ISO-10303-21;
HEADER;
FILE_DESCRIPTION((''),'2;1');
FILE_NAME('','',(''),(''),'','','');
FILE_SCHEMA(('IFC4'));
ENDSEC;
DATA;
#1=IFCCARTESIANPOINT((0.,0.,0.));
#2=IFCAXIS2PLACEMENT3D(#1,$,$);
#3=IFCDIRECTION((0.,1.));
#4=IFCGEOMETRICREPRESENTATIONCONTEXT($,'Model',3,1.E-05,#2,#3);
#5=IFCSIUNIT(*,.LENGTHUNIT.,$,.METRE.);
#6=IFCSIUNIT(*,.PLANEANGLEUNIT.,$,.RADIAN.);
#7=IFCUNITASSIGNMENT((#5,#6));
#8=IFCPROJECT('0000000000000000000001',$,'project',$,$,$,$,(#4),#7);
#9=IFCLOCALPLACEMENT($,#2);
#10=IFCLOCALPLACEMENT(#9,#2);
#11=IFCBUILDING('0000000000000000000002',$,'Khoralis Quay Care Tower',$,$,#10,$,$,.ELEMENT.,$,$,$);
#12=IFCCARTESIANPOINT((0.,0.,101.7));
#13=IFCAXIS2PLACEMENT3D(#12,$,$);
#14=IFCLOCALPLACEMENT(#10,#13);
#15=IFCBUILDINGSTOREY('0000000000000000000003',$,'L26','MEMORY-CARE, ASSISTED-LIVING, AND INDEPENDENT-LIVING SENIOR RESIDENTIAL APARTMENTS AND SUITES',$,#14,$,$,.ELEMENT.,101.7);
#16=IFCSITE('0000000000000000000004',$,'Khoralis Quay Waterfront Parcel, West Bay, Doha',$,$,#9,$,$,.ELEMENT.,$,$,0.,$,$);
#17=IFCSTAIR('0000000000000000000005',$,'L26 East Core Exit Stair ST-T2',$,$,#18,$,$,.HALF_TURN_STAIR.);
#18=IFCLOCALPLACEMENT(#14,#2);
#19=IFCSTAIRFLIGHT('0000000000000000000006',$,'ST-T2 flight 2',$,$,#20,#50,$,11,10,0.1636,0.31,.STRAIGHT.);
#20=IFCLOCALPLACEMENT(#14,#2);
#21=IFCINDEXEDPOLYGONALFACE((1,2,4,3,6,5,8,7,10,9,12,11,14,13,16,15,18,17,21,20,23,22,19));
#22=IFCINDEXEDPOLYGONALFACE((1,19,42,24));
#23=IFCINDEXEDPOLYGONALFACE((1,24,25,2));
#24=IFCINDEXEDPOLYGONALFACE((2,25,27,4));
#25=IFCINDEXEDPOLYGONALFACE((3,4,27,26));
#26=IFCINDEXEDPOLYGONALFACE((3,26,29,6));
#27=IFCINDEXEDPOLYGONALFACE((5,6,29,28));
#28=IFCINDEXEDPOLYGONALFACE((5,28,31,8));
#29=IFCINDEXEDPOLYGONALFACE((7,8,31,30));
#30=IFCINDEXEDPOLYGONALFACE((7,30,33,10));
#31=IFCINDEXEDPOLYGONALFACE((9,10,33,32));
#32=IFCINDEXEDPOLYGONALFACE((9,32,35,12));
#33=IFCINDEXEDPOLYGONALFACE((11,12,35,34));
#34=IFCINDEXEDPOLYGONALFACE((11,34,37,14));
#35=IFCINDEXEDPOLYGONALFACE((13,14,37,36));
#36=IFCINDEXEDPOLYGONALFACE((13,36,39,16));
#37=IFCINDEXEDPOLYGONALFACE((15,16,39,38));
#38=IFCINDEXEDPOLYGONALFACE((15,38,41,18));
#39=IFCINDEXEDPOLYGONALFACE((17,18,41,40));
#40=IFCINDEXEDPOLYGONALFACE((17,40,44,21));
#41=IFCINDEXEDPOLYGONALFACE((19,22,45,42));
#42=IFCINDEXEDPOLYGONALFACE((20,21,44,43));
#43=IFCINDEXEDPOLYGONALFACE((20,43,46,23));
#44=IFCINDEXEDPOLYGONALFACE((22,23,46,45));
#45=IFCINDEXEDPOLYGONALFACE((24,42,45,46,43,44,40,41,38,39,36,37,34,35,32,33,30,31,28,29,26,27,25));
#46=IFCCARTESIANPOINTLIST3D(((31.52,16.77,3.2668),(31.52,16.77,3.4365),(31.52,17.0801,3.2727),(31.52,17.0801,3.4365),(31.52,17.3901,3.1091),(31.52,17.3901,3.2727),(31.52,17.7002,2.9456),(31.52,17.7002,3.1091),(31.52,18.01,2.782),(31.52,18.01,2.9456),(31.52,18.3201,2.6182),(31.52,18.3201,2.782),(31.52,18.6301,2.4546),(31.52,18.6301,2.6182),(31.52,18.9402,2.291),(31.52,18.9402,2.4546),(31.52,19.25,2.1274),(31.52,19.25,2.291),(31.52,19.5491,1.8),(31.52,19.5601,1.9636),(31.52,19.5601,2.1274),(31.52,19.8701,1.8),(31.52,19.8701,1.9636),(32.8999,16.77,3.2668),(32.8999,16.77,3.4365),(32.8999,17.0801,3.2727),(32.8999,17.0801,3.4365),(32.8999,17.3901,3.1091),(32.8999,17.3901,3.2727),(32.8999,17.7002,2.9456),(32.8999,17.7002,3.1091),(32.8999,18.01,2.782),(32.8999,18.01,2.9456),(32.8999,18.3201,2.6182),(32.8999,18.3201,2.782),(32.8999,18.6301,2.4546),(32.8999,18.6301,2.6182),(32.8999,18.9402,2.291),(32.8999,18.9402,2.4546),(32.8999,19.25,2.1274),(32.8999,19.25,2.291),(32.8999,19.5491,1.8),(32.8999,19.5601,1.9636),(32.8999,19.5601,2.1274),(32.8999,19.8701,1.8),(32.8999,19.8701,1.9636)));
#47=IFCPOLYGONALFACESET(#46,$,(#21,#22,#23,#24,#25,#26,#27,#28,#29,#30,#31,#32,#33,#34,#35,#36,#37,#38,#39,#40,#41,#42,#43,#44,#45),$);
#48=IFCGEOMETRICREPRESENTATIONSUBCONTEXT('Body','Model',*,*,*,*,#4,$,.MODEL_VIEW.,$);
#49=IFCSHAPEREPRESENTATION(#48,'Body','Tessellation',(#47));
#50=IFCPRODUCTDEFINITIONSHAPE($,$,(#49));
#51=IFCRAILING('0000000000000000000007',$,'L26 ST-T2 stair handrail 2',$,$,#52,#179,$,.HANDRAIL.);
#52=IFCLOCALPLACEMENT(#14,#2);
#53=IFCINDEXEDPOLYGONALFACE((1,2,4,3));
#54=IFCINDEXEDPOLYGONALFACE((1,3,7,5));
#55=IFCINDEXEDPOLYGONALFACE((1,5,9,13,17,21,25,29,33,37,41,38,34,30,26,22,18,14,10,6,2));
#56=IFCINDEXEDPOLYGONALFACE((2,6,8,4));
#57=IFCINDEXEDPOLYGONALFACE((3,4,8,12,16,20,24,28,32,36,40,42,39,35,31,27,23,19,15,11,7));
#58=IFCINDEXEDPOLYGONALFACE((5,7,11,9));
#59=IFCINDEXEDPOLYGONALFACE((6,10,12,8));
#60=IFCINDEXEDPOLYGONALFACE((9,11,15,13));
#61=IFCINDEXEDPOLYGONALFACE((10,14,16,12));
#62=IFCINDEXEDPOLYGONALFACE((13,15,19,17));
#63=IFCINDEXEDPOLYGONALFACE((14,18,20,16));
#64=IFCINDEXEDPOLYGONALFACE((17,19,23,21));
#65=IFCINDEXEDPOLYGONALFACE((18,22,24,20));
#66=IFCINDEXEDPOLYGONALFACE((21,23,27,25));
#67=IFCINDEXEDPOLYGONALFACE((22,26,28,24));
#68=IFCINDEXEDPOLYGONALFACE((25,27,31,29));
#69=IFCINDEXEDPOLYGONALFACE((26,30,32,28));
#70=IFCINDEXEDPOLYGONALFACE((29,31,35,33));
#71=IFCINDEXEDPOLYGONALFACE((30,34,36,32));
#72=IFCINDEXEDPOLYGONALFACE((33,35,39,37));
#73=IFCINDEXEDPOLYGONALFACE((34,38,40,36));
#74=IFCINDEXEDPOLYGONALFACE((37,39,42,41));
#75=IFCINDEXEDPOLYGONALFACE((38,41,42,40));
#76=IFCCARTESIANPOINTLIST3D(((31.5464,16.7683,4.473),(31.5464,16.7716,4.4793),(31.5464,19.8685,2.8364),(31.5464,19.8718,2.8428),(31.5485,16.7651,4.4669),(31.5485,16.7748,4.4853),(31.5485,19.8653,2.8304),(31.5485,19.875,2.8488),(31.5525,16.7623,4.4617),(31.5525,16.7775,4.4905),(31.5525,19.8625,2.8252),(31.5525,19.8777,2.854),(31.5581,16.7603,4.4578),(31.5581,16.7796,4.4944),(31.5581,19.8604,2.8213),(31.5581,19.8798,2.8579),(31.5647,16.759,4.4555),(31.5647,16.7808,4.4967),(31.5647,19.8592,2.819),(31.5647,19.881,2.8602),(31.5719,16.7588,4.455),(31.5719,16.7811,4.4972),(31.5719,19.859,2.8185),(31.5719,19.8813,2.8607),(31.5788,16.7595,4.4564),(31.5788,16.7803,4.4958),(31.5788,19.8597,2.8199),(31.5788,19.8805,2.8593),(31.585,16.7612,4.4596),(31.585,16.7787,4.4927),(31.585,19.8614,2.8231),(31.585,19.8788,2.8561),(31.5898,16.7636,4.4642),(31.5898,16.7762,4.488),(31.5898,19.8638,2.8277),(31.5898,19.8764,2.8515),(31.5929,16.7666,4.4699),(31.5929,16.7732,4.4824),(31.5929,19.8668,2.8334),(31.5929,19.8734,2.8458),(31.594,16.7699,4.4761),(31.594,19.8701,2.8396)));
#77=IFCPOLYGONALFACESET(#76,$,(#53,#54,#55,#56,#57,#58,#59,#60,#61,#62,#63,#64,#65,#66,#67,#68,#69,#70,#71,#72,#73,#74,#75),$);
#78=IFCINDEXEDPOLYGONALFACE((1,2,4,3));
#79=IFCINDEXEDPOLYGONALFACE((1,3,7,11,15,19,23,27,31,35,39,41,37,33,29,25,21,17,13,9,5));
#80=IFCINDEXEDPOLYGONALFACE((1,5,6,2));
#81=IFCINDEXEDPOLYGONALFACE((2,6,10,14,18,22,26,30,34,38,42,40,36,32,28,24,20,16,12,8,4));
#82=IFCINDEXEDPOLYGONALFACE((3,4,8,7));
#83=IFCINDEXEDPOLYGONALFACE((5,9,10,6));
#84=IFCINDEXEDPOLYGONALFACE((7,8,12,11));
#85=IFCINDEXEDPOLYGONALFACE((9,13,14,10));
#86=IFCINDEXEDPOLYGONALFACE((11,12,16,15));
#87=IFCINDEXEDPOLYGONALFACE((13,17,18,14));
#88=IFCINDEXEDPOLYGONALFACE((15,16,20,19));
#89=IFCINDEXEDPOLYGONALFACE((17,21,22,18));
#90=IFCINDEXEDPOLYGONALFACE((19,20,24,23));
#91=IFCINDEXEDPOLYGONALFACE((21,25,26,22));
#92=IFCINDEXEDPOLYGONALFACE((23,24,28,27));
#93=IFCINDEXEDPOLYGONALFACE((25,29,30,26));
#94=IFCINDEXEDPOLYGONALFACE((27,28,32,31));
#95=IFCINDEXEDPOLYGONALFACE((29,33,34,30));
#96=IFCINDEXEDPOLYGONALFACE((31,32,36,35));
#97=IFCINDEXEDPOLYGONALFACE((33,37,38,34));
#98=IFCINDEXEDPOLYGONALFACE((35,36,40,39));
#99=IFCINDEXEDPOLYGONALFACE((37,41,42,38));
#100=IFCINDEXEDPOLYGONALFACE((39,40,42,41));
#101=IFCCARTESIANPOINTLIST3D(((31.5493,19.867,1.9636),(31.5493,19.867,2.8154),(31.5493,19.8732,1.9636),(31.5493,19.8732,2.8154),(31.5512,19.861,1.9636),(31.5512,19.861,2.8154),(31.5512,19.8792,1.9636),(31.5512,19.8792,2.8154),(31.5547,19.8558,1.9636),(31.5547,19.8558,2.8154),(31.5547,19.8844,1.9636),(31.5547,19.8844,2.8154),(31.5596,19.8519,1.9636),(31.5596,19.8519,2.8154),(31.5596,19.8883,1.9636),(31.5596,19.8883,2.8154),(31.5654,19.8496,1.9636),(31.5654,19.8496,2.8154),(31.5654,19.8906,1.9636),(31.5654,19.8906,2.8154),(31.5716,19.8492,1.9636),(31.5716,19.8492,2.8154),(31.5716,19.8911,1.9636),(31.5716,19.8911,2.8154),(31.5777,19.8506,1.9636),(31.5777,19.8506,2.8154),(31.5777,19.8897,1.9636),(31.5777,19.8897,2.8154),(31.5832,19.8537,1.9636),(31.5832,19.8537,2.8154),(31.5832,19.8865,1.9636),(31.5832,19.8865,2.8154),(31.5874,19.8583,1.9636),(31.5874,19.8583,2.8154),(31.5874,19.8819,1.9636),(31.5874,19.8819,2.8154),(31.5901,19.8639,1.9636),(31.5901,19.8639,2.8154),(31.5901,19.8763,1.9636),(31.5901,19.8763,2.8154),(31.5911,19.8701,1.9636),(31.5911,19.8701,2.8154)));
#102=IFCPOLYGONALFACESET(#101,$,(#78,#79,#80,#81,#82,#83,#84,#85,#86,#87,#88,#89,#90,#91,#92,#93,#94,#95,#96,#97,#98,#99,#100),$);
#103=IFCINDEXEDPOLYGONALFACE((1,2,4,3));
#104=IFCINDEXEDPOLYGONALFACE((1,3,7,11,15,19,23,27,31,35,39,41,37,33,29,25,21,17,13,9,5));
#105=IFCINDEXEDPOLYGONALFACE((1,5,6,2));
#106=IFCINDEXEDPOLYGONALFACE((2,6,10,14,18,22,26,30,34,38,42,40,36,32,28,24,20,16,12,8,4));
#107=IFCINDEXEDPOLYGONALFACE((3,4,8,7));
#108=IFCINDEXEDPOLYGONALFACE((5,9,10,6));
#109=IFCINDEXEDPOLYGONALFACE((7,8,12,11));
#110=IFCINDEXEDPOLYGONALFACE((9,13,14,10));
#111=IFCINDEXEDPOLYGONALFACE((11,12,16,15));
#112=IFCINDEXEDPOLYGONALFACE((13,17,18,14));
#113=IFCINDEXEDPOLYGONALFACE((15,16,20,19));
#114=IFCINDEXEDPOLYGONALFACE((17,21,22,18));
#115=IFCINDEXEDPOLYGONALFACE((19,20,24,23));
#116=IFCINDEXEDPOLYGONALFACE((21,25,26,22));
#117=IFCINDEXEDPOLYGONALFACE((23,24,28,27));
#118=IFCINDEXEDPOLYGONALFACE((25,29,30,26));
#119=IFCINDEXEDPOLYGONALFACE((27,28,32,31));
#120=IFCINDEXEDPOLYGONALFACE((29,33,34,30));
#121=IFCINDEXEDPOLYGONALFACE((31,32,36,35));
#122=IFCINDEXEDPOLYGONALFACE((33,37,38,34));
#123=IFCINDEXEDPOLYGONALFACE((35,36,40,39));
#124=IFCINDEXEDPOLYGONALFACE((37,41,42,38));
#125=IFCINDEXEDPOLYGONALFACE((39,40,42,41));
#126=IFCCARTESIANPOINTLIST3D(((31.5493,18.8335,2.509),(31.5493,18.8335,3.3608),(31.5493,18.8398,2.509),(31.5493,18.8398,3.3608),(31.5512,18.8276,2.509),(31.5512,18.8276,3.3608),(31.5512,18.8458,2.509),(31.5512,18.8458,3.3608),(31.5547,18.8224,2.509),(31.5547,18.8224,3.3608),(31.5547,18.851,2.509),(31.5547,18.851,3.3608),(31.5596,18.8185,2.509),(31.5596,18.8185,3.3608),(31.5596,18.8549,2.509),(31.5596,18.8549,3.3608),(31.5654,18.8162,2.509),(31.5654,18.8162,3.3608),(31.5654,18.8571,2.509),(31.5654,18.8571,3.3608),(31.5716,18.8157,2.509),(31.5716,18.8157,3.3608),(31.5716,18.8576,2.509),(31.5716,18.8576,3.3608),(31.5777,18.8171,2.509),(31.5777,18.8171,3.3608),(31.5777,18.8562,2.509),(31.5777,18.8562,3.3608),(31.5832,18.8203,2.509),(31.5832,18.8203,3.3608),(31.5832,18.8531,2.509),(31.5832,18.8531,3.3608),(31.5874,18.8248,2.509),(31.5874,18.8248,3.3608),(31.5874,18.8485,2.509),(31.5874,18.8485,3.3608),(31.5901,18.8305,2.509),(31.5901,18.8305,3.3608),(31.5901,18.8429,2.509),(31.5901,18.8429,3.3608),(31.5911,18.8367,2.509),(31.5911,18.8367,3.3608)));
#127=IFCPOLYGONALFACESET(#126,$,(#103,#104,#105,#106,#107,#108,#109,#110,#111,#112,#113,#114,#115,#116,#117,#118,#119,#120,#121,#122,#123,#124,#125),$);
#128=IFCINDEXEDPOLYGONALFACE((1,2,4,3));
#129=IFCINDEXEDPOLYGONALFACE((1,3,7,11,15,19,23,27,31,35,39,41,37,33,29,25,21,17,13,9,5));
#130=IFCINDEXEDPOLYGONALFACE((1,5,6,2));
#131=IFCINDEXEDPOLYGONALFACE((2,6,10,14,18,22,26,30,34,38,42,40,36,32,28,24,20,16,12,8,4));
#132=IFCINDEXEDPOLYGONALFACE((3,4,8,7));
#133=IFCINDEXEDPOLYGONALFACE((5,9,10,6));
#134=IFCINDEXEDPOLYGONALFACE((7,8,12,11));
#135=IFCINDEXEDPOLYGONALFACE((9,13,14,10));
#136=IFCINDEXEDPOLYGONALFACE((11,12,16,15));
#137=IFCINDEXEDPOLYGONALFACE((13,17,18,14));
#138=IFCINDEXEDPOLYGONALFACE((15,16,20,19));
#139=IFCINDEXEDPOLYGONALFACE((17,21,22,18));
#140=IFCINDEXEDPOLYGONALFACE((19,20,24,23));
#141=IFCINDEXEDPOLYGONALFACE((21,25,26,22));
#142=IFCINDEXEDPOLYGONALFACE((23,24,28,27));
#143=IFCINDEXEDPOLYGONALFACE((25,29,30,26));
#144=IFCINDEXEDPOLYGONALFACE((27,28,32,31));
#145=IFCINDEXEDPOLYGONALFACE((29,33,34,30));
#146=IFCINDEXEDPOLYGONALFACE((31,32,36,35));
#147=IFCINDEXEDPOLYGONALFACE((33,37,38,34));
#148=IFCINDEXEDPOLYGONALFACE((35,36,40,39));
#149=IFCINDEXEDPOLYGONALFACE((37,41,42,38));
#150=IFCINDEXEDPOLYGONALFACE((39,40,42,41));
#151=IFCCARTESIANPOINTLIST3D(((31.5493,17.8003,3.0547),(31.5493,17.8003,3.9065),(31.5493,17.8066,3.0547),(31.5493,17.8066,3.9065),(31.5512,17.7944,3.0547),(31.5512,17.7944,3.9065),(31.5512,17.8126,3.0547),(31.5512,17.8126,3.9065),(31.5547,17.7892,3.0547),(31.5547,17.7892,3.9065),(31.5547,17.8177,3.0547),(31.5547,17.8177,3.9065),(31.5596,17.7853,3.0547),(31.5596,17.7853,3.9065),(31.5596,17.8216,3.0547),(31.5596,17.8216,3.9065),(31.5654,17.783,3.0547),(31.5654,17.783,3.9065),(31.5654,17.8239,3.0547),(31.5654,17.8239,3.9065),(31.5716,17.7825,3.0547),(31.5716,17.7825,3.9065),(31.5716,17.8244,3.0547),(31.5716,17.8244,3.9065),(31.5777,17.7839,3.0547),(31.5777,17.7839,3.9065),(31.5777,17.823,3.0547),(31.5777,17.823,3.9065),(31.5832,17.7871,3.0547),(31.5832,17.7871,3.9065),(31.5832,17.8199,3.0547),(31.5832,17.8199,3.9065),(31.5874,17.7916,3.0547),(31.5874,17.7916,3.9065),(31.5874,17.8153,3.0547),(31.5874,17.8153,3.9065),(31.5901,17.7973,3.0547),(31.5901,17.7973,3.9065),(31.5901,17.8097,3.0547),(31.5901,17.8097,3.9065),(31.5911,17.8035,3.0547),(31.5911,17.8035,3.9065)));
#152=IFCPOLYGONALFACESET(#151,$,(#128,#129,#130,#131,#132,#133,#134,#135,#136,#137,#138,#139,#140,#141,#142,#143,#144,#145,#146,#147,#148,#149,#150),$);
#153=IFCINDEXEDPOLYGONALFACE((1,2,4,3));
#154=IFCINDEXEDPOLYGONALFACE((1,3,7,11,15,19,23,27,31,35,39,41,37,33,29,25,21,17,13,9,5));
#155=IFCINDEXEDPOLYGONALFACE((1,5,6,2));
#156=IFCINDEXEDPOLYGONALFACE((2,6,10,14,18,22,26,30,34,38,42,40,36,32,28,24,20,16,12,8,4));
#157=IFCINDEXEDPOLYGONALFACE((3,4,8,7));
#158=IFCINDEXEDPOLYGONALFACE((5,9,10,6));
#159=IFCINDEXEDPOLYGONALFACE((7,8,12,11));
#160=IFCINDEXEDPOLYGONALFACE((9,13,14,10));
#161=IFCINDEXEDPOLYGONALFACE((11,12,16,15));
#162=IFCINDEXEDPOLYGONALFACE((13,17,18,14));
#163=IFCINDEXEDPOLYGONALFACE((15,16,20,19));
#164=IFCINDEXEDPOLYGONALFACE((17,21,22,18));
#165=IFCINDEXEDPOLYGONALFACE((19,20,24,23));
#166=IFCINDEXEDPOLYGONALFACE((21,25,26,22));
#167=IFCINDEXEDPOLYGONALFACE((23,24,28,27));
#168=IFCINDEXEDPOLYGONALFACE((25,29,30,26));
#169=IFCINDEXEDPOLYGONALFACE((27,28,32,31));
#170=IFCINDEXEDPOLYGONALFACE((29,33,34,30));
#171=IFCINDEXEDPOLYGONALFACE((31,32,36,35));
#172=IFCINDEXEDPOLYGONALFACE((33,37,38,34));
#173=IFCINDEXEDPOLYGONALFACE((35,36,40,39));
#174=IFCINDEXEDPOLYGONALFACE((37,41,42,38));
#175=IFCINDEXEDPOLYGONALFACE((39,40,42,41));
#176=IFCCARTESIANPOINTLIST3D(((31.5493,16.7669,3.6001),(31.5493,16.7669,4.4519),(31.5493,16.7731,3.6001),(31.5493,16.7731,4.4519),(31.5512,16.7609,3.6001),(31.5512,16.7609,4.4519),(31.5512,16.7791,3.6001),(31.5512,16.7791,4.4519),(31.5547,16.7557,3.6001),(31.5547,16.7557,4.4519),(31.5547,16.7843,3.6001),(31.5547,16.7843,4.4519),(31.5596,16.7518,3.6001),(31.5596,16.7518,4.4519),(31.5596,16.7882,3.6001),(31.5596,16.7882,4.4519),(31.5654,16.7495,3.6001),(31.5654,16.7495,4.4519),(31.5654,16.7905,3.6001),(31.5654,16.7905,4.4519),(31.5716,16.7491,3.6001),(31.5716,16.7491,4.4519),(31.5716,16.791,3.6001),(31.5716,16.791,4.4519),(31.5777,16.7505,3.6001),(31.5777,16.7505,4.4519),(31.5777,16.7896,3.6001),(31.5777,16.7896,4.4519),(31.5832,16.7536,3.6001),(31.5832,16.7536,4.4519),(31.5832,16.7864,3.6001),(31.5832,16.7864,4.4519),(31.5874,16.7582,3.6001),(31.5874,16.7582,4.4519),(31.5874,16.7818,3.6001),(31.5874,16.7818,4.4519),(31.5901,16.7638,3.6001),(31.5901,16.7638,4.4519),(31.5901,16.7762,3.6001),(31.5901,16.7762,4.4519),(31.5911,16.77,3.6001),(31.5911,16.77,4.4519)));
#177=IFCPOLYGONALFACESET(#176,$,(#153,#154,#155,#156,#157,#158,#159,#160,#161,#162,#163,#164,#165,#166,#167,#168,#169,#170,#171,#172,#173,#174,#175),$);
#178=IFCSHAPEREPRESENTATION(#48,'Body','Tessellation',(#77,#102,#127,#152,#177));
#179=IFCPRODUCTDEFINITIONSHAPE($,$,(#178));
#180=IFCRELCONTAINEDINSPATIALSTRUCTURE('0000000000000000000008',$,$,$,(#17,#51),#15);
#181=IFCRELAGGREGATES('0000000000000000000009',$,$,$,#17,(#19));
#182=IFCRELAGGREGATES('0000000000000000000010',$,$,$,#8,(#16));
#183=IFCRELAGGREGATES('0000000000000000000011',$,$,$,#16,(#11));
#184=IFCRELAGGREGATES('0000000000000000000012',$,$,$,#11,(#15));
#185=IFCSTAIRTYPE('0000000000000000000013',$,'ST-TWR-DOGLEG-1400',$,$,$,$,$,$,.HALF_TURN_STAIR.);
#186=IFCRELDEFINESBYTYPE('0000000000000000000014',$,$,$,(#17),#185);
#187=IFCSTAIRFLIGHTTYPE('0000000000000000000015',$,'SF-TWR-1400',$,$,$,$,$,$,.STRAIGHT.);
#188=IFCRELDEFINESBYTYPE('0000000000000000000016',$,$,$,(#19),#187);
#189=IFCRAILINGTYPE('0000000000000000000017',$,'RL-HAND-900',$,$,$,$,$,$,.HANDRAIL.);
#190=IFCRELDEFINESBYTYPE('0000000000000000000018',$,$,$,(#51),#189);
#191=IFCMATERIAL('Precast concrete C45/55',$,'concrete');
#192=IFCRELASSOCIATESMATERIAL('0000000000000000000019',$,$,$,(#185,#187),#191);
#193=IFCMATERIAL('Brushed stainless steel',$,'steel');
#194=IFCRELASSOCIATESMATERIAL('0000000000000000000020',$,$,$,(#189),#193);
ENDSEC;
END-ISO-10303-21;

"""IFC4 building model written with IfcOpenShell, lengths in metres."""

from ifc_helpers import new_model, si_unit, direction, frame, origin, origin_2d, place, context, subcontext, project, spatial, polyline, circle, outline, extrude, source, transform, mapped, material, type_object, element, aggregate, save


model = new_model("IFC4")

# Units and contexts
model_context = context("Model", 3, precision=1e-05, world=origin(), true_north=direction((0.0, 1.0)))
body_context = subcontext(model_context, "Body", "Model", "MODEL_VIEW")
ifc_project = project(units=[si_unit("LENGTHUNIT", "METRE"), si_unit("PLANEANGLEUNIT", "RADIAN")], contexts=[model_context])

# Site, building, storey
site_placement = place(None, origin())
site = spatial("IfcSite", under=ifc_project, at=site_placement, Name="Khoralis Quay Waterfront Parcel, West Bay, Doha", CompositionType="ELEMENT", RefElevation=0.0)
building_placement = place(site_placement, origin())
building = spatial("IfcBuilding", under=site, at=building_placement, Name="Khoralis Quay Care Tower", CompositionType="ELEMENT")
storey_placement = place(building_placement, frame((0.0, 0.0, 101.7)))
storey = spatial("IfcBuildingStorey", under=building, at=storey_placement, Name="L26", Description="MEMORY-CARE, ASSISTED-LIVING, AND INDEPENDENT-LIVING SENIOR RESIDENTIAL APARTMENTS AND SUITES", CompositionType="ELEMENT", Elevation=101.7)

# Shared definitions
ifc_material_1 = material(Name="Brushed stainless steel", Category="steel")

# Shared definitions
ifc_material_2 = material(Name="Precast concrete C45/55", Category="concrete")

# Stair, stair flight
stair_type = type_object("IfcStairType", Name="ST-TWR-DOGLEG-1400", PredefinedType="HALF_TURN_STAIR", material=ifc_material_2)
stair_placement = place(storey_placement, origin())
stair = element("IfcStair", 1, at=stair_placement, inside=storey, type_object=stair_type, Name="L26 East Core Exit Stair ST-T2", PredefinedType="HALF_TURN_STAIR")
stair_flight_type = type_object("IfcStairFlightType", Name="SF-TWR-1400", PredefinedType="STRAIGHT", material=ifc_material_2)
shared_shape_1 = source(origin(), body_context, "Body", "SweptSolid", [
    extrude(outline(polyline([(0.0, 0.0), (0.0, 0.1636), (0.3101, 0.1636), (0.3101, 0.3274), (0.6201, 0.3274), (0.6201, 0.491), (0.9299, 0.491), (0.9299, 0.6545), (1.24, 0.6545), (1.24, 0.8181), (1.55, 0.8181), (1.55, 0.9819), (1.8601, 0.9819), (1.8601, 1.1455), (2.1699, 1.1455), (2.1699, 1.3091), (2.48, 1.3091), (2.48, 1.4727), (2.79, 1.4727), (2.79, 1.6365), (3.1001, 1.6365), (3.1001, 1.8), (3.1001, 1.4668), (0.321, 0.0), (0.0, 0.0)])), frame((0.0, 0.6899, 0.0), z_axis=(0.0, -1.0, 0.0), x_axis=(1.0, 0.0, 0.0)), (0.0, 0.0, 1.0), 1.3799),
])
stair_flight_placement = place(storey_placement, frame((32.21, 19.8701, 1.8), z_axis=(0.0, 0.0, 1.0), x_axis=(0.0, -1.0, 0.0)))
stair_flight = element("IfcStairFlight", 2, at=stair_flight_placement, type_object=stair_flight_type, Name="ST-T2 flight 2", NumberOfRisers=11, NumberOfTreads=10, PredefinedType="STRAIGHT", RiserHeight=0.1636, TreadLength=0.31, context=body_context, shape_type="MappedRepresentation", body=[
    mapped(shared_shape_1, transform((0.0, 0.0, 0.0), scale=1.0)),
])
aggregate(stair, [stair_flight])

# Railing
railing_type = type_object("IfcRailingType", Name="RL-HAND-900", PredefinedType="HANDRAIL", material=ifc_material_1)
railing_placement = place(storey_placement, frame((31.5701, 19.8701, 1.9636)))
element("IfcRailing", 3, at=railing_placement, inside=storey, type_object=railing_type, Name="L26 ST-T2 stair handrail 2", PredefinedType="HANDRAIL", context=body_context, shape_type="SweptSolid", body=[
    extrude(circle(Radius=0.0239, at=origin_2d()), frame((0.0, 0.0, 0.876), z_axis=(0.0, -0.884348, 0.466828), x_axis=(1.0, 0.0, 0.0)), (0.0, 0.0, 1.0), 3.5056),
    extrude(circle(Radius=0.021, at=origin_2d()), origin(), (0.0, 0.0, 1.0), 0.8518),
    extrude(circle(Radius=0.021, at=origin_2d()), frame((0.0, -1.0334, 0.5454)), (0.0, 0.0, 1.0), 0.8518),
    extrude(circle(Radius=0.021, at=origin_2d()), frame((0.0, -2.0667, 1.0911)), (0.0, 0.0, 1.0), 0.8518),
    extrude(circle(Radius=0.021, at=origin_2d()), frame((0.0, -3.1001, 1.6365)), (0.0, 0.0, 1.0), 0.8518),
])

save(model, "model.ifc")
